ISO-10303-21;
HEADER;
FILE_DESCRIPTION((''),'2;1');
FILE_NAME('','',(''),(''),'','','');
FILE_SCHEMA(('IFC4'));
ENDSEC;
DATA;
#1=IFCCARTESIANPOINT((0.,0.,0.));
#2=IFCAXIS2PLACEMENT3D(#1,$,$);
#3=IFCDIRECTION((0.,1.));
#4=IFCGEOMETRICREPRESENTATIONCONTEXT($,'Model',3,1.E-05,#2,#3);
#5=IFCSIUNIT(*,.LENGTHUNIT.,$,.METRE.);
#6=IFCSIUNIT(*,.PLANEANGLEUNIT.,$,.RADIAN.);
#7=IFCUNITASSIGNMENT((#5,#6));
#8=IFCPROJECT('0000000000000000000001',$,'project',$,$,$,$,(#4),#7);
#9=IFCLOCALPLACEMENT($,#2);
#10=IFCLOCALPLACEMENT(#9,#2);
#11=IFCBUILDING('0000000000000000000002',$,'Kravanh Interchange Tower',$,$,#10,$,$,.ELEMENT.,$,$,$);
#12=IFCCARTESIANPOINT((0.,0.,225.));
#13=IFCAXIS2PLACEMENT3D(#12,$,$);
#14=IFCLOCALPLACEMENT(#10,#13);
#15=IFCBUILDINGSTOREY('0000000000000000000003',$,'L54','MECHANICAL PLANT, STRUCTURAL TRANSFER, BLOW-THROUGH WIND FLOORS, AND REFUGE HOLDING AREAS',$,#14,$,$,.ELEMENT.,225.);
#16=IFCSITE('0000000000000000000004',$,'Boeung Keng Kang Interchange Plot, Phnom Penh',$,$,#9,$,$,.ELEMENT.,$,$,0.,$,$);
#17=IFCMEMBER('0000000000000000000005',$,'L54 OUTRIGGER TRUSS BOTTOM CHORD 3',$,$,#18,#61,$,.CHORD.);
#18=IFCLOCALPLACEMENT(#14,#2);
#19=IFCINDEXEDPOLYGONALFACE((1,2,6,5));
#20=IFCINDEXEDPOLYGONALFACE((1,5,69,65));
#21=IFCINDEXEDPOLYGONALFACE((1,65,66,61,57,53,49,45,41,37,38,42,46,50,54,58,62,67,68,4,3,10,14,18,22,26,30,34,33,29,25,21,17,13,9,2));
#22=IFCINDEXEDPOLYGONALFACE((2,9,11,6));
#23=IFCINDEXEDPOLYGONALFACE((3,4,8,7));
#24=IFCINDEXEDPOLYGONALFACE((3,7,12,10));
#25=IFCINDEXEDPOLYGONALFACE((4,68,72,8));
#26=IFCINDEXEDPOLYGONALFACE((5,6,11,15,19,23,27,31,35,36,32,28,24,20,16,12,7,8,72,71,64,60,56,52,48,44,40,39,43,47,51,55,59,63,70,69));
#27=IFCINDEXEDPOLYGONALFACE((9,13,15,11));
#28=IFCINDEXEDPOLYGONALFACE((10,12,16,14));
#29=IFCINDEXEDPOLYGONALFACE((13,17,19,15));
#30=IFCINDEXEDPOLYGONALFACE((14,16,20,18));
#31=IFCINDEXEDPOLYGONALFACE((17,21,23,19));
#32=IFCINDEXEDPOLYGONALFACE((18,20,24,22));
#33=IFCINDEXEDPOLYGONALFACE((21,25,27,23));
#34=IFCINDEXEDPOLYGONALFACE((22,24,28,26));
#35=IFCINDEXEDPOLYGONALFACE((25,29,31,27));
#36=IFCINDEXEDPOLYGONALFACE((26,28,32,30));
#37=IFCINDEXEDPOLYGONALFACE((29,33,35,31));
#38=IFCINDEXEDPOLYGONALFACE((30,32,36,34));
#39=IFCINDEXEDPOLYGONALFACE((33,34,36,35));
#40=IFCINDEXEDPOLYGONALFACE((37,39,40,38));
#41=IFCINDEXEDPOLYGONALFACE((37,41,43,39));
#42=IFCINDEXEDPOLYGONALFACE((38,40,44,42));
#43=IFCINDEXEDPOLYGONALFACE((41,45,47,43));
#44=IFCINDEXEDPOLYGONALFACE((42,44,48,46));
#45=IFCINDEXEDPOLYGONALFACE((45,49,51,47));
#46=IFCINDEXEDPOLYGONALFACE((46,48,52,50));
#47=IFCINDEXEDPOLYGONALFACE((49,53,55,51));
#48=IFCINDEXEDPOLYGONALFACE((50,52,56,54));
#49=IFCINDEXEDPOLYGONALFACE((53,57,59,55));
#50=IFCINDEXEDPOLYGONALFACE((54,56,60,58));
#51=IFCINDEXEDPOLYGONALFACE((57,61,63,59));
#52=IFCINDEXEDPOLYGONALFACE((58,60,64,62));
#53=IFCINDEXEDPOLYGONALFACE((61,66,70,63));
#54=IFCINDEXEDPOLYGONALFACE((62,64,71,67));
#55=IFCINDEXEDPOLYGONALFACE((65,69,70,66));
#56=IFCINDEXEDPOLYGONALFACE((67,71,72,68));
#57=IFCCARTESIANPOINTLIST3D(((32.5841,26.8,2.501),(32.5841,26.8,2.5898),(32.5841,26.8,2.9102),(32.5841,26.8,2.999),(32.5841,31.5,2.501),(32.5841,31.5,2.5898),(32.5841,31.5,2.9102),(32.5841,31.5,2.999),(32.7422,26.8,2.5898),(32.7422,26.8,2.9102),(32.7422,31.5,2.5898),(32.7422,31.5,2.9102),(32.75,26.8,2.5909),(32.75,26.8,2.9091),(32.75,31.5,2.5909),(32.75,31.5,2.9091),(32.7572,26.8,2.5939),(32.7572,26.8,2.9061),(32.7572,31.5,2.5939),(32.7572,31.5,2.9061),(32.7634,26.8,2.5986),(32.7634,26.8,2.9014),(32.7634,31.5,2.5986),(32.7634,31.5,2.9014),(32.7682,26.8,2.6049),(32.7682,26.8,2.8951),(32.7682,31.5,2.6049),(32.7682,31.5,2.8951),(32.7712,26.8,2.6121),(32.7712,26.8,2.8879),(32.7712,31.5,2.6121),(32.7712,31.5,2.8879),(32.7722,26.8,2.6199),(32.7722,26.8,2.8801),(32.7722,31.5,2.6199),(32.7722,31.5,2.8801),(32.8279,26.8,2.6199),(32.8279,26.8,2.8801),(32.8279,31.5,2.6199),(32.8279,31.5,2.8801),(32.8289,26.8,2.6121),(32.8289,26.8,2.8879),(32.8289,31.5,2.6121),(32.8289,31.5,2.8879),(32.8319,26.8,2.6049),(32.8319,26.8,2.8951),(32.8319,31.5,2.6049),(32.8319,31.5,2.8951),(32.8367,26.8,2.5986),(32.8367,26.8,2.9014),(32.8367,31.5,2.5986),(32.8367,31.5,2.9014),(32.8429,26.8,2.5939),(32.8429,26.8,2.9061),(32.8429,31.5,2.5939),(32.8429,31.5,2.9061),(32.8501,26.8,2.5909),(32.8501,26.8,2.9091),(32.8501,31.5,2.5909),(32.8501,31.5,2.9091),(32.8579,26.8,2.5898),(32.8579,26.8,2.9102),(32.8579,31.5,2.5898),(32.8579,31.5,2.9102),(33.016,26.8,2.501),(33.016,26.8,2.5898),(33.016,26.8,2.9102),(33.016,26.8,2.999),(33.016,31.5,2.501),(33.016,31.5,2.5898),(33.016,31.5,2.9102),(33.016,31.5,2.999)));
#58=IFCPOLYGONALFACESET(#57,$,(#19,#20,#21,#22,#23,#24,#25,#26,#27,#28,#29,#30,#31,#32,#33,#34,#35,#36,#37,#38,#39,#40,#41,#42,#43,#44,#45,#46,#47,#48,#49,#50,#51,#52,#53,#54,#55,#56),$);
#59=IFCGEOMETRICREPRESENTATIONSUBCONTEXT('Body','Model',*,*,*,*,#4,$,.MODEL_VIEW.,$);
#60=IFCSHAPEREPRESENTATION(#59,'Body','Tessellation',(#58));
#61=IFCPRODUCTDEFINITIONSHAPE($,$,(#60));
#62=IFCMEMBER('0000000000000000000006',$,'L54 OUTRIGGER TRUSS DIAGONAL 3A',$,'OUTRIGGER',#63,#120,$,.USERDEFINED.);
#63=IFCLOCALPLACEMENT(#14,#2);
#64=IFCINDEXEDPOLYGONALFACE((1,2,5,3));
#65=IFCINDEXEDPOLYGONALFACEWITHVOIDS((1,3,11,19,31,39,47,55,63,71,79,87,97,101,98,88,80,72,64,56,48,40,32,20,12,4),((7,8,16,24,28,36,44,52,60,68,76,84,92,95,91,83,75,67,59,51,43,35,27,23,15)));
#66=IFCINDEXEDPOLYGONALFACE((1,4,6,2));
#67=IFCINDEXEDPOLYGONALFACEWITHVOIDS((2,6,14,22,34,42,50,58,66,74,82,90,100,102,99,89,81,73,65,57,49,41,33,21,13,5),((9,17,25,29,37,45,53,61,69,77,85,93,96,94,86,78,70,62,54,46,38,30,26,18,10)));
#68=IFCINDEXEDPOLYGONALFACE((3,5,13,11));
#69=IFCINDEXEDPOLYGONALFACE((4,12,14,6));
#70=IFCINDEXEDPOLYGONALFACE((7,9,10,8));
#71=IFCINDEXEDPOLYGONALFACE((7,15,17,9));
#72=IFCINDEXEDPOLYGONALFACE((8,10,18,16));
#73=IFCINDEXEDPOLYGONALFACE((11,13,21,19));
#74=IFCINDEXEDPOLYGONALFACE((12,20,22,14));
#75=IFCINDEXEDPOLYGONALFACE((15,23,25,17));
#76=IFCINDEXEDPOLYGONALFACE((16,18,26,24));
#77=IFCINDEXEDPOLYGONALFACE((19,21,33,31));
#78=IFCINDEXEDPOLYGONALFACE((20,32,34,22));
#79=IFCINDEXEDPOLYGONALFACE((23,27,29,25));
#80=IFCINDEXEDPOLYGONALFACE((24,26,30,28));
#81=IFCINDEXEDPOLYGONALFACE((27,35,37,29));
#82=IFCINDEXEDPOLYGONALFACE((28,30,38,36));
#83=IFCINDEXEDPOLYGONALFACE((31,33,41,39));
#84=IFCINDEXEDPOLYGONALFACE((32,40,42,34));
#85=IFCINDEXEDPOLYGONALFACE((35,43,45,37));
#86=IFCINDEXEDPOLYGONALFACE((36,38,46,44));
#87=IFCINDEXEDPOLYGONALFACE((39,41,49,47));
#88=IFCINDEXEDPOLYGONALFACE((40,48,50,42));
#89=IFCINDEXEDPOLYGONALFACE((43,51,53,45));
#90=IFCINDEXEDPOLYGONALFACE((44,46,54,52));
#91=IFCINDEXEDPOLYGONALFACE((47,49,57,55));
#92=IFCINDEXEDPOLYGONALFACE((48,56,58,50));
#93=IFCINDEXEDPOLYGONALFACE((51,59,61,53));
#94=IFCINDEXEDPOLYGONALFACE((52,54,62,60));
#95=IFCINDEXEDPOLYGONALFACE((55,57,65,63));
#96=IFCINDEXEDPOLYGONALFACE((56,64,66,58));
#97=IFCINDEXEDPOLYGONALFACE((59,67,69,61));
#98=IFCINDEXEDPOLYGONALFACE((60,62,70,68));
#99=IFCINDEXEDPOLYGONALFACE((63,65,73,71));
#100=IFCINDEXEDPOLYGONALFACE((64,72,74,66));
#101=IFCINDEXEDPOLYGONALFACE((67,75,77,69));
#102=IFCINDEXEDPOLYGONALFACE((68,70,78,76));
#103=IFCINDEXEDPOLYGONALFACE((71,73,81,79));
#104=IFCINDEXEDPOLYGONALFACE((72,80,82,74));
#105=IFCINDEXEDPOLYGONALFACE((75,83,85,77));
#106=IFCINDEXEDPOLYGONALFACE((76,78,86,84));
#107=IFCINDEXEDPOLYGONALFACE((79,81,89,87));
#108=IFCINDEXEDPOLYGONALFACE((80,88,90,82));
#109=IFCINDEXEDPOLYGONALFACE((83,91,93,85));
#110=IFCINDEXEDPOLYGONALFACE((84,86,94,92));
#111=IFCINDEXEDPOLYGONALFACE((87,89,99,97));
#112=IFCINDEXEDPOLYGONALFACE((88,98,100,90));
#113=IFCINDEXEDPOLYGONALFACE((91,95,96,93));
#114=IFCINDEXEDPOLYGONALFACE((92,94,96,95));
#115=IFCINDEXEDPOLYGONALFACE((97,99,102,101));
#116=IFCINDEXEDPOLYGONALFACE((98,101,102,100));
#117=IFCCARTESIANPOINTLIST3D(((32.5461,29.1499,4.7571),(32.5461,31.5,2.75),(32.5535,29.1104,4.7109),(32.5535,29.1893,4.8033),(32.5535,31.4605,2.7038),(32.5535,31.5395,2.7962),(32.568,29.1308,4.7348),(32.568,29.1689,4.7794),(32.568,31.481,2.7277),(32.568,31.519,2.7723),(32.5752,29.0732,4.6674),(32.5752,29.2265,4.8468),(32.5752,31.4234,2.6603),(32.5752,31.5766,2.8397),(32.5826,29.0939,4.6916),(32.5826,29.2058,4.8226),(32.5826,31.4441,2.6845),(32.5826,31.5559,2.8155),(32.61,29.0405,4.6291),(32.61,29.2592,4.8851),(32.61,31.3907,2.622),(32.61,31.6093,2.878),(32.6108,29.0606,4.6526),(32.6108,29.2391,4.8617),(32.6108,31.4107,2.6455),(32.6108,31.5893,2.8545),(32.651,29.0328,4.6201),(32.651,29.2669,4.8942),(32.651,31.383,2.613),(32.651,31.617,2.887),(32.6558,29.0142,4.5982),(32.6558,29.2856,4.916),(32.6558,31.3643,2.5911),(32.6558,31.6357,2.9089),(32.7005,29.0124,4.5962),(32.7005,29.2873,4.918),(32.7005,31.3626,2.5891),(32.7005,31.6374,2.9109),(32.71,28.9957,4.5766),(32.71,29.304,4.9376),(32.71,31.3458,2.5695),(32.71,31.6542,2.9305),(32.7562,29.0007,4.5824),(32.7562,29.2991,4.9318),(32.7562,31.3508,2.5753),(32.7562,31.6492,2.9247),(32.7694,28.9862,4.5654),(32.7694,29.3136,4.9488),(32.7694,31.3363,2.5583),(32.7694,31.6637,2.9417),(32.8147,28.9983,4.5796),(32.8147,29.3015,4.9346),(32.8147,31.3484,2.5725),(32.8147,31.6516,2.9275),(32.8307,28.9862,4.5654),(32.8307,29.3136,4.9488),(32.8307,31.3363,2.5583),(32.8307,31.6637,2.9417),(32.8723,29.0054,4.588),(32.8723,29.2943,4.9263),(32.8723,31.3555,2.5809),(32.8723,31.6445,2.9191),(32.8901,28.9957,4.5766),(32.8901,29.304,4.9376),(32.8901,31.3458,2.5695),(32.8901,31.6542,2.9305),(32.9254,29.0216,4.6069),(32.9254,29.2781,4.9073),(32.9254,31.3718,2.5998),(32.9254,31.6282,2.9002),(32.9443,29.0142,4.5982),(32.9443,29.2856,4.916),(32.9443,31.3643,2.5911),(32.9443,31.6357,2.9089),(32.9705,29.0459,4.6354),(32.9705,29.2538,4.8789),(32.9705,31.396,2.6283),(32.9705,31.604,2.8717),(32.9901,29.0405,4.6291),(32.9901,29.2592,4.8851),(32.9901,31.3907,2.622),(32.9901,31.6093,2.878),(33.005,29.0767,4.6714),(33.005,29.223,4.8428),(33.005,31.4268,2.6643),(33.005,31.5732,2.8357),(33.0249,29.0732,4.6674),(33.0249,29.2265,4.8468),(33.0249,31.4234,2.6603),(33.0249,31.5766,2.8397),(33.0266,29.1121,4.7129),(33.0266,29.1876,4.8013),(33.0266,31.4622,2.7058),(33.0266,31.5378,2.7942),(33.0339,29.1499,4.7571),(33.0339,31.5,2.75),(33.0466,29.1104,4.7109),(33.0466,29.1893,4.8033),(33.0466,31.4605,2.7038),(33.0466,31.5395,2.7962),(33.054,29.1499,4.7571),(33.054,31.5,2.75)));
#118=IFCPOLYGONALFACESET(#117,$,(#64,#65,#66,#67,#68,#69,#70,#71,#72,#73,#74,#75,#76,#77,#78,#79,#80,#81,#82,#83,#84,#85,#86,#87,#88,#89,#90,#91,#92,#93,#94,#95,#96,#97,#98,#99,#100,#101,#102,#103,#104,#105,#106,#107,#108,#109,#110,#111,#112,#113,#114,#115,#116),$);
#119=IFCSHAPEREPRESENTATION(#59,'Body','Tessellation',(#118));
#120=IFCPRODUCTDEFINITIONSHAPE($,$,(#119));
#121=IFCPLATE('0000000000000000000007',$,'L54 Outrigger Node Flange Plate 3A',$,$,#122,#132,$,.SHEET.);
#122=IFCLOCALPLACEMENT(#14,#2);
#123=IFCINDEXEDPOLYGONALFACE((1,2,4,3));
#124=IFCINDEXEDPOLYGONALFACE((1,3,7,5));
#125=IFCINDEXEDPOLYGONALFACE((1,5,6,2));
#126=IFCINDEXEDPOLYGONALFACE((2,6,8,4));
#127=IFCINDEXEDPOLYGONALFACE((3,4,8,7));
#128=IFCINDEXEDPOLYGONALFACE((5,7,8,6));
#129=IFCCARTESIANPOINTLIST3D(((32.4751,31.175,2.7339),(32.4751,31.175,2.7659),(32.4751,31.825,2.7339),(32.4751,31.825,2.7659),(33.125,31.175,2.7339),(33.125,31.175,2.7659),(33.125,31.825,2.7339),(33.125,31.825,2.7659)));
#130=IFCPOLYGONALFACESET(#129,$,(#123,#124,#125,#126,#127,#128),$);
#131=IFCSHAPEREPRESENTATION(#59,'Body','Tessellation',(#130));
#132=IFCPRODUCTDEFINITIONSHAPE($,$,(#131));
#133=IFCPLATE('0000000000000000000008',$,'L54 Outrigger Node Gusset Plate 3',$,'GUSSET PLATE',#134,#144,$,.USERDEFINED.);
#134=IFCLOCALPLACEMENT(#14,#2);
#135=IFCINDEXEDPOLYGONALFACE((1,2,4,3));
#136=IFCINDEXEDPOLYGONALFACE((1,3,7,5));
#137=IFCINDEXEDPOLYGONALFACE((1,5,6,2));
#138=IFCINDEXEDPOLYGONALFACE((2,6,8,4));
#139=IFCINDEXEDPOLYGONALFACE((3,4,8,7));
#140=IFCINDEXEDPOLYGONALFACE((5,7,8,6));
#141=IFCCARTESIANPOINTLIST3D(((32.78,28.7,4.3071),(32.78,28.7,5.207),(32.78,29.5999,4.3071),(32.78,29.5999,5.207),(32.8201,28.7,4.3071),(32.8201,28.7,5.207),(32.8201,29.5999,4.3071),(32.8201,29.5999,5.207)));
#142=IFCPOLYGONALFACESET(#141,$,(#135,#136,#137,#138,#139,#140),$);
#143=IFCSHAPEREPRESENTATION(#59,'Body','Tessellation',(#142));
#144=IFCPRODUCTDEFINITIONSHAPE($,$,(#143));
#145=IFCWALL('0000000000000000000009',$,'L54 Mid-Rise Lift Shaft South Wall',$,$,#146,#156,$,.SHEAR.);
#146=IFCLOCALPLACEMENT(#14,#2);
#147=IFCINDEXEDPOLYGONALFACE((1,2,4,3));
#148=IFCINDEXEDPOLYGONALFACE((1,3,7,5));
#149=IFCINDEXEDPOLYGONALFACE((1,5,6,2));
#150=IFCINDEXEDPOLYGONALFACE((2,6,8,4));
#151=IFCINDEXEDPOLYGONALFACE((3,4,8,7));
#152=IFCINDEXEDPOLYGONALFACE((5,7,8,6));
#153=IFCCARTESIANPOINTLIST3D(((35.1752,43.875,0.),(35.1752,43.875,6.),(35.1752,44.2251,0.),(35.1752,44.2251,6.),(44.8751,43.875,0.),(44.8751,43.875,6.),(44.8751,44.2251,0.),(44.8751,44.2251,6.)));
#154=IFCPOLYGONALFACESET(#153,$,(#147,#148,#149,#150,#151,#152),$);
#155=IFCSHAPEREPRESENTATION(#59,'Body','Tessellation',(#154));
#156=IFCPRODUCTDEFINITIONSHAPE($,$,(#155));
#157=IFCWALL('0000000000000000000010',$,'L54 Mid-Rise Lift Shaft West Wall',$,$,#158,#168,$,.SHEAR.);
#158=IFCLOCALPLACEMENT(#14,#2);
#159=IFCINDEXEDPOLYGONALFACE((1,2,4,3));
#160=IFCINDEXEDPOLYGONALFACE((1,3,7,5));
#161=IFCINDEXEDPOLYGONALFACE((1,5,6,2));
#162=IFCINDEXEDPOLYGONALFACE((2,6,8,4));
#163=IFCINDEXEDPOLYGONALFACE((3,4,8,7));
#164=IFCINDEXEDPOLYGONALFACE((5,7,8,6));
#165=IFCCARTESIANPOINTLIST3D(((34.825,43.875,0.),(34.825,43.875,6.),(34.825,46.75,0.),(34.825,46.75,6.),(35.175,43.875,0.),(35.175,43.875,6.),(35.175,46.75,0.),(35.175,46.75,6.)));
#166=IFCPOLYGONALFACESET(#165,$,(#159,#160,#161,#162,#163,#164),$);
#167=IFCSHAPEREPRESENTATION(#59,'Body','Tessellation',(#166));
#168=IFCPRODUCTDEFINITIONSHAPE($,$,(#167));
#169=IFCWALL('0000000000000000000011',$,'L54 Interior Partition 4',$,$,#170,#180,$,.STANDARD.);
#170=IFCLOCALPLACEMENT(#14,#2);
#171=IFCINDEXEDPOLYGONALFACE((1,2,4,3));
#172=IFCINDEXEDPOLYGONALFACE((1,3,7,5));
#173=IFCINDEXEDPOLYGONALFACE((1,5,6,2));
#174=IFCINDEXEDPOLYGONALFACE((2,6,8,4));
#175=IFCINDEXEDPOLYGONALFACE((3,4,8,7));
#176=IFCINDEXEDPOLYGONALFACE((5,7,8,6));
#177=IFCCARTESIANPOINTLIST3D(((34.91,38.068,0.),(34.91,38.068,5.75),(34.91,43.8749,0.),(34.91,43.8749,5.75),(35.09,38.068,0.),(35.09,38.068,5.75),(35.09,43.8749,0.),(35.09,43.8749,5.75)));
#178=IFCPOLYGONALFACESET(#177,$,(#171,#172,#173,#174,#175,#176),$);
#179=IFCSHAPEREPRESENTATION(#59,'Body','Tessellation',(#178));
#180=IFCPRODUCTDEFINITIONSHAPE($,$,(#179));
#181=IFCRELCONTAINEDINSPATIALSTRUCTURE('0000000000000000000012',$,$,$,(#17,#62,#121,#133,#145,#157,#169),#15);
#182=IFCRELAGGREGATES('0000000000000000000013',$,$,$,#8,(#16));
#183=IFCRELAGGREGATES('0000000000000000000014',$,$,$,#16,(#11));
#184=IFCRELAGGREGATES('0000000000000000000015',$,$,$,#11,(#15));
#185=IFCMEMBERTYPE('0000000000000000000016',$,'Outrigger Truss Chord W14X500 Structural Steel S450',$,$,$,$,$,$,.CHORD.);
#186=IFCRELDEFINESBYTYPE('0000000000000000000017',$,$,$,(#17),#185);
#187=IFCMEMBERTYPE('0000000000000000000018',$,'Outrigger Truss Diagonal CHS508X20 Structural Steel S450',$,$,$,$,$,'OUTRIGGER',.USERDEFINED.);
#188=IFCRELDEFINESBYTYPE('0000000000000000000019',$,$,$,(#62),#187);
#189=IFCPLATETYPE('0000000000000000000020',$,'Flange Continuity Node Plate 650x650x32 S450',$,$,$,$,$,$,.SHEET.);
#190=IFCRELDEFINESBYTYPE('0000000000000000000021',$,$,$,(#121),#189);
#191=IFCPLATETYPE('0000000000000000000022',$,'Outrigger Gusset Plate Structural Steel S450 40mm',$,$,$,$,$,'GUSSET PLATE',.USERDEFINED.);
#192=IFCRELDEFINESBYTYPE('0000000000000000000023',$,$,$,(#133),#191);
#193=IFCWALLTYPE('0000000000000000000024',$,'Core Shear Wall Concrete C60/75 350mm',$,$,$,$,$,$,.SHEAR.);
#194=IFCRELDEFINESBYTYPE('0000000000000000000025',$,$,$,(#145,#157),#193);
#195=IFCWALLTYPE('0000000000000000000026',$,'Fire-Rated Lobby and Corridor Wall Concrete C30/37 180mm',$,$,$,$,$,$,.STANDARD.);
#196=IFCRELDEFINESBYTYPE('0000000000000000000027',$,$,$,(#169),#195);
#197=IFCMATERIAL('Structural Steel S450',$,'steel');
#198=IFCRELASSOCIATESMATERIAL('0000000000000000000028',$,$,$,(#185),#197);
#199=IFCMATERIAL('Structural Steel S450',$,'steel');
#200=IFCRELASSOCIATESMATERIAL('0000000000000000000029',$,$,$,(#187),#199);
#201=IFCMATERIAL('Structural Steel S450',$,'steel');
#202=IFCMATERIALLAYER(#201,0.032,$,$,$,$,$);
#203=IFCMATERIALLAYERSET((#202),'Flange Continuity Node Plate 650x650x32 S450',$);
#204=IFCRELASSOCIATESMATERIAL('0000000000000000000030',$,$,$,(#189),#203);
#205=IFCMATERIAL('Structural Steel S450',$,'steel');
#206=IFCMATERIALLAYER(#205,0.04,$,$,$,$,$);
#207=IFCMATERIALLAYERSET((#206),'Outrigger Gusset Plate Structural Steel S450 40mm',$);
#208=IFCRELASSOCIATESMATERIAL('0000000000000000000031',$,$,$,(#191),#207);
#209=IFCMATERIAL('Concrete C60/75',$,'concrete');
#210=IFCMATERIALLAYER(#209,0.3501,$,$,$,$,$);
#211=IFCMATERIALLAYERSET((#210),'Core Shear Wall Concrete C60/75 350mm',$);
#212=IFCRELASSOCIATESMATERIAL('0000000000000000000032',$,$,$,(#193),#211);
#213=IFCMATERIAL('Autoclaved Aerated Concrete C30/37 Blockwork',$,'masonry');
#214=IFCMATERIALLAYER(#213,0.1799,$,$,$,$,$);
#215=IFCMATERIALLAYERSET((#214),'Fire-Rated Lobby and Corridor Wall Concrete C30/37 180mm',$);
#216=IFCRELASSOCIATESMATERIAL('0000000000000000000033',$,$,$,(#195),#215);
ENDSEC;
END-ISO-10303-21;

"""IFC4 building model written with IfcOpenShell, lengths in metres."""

from ifc_helpers import new_model, si_unit, direction, frame, frame_2d, origin, origin_2d, place, context, subcontext, project, spatial, rectangle, hollow_circle, i_section, extrude, material, layer, layer_set, material_profile, profile_set, type_object, element, save


model = new_model("IFC4")

# Units and contexts
model_context = context("Model", 3, precision=1e-05, world=origin(), true_north=direction((0.0, 1.0)))
body_context = subcontext(model_context, "Body", "Model", "MODEL_VIEW")
ifc_project = project(units=[si_unit("LENGTHUNIT", "METRE"), si_unit("PLANEANGLEUNIT", "RADIAN")], contexts=[model_context])

# Site, building, storey
site_placement = place(None, origin())
site = spatial("IfcSite", under=ifc_project, at=site_placement, Name="Boeung Keng Kang Interchange Plot, Phnom Penh", CompositionType="ELEMENT", RefElevation=0.0)
building_placement = place(site_placement, origin())
building = spatial("IfcBuilding", under=site, at=building_placement, Name="Kravanh Interchange Tower", CompositionType="ELEMENT")
storey_placement = place(building_placement, frame((0.0, 0.0, 225.0)))
storey = spatial("IfcBuildingStorey", under=building, at=storey_placement, Name="L54", Description="MECHANICAL PLANT, STRUCTURAL TRANSFER, BLOW-THROUGH WIND FLOORS, AND REFUGE HOLDING AREAS", CompositionType="ELEMENT", Elevation=225.0)

# Members
ifc_material_1 = material(Name="Structural Steel S450", Category="steel")
ifc_material_profile_1 = material_profile(ifc_material_1, i_section(OverallWidth=0.4319, OverallDepth=0.498, WebThickness=0.0557, FlangeThickness=0.0889, FilletRadius=0.03, at=origin_2d()), Name="W14X500")
ifc_profile_set_1 = profile_set([ifc_material_profile_1], Name="Structural Steel S450")
member_type_1 = type_object("IfcMemberType", Name="Outrigger Truss Chord W14X500 Structural Steel S450", PredefinedType="CHORD", material=ifc_profile_set_1)
member_1_placement = place(storey_placement, frame((32.8, 31.5, 2.75), z_axis=(0.0, -1.0, 0.0), x_axis=(1.0, 0.0, 0.0)))
element("IfcMember", 1, at=member_1_placement, inside=storey, type_object=member_type_1, Name="L54 OUTRIGGER TRUSS BOTTOM CHORD 3", PredefinedType="CHORD", context=body_context, shape_type="SweptSolid", body=[
    extrude(i_section(OverallWidth=0.4319, OverallDepth=0.498, WebThickness=0.0557, FlangeThickness=0.0889, FilletRadius=0.03, at=origin_2d()), origin(), (0.0, 0.0, 1.0), 4.7),
])
ifc_material_2 = material(Name="Structural Steel S450", Category="steel")
ifc_material_profile_2 = material_profile(ifc_material_2, hollow_circle(Radius=0.2539, WallThickness=0.02, at=origin_2d()), Name="CHS508X20")
ifc_profile_set_2 = profile_set([ifc_material_profile_2], Name="Structural Steel S450")
member_type_2 = type_object("IfcMemberType", Name="Outrigger Truss Diagonal CHS508X20 Structural Steel S450", ElementType="OUTRIGGER", PredefinedType="USERDEFINED", material=ifc_profile_set_2)
member_2_placement = place(storey_placement, frame((32.8, 31.5, 2.75), z_axis=(0.0, -0.760421, 0.649431), x_axis=(1.0, 0.0, 0.0)))
element("IfcMember", 2, at=member_2_placement, inside=storey, type_object=member_type_2, Name="L54 OUTRIGGER TRUSS DIAGONAL 3A", ObjectType="OUTRIGGER", PredefinedType="USERDEFINED", context=body_context, shape_type="SweptSolid", body=[
    extrude(hollow_circle(Radius=0.2539, WallThickness=0.02, at=origin_2d()), origin(), (0.0, 0.0, 1.0), 3.0906),
])

# Plates
ifc_material_3 = material(Name="Structural Steel S450", Category="steel")
ifc_layer_1 = layer(ifc_material_3, 0.032)
ifc_layer_set_1 = layer_set([ifc_layer_1], Name="Flange Continuity Node Plate 650x650x32 S450")
plate_type_1 = type_object("IfcPlateType", Name="Flange Continuity Node Plate 650x650x32 S450", PredefinedType="SHEET", material=ifc_layer_set_1)
plate_1_placement = place(storey_placement, frame((32.8, 31.5, 2.7339), z_axis=(0.0, 0.0, 1.0), x_axis=(1.0, 0.0, 0.0)))
element("IfcPlate", 3, at=plate_1_placement, inside=storey, type_object=plate_type_1, Name="L54 Outrigger Node Flange Plate 3A", PredefinedType="SHEET", context=body_context, shape_type="SweptSolid", body=[
    extrude(rectangle(XDim=0.6499, YDim=0.6499, at=origin_2d()), origin(), (0.0, 0.0, 1.0), 0.032),
])
ifc_material_4 = material(Name="Structural Steel S450", Category="steel")
ifc_layer_2 = layer(ifc_material_4, 0.04)
ifc_layer_set_2 = layer_set([ifc_layer_2], Name="Outrigger Gusset Plate Structural Steel S450 40mm")
plate_type_2 = type_object("IfcPlateType", Name="Outrigger Gusset Plate Structural Steel S450 40mm", ElementType="GUSSET PLATE", PredefinedType="USERDEFINED", material=ifc_layer_set_2)
plate_2_placement = place(storey_placement, frame((32.8, 29.1499, 4.3071), z_axis=(0.0, 0.0, 1.0), x_axis=(0.0, -1.0, 0.0)))
element("IfcPlate", 4, at=plate_2_placement, inside=storey, type_object=plate_type_2, Name="L54 Outrigger Node Gusset Plate 3", ObjectType="GUSSET PLATE", PredefinedType="USERDEFINED", context=body_context, shape_type="SweptSolid", body=[
    extrude(rectangle(XDim=0.8999, YDim=0.04, at=origin_2d()), origin(), (0.0, 0.0, 1.0), 0.8999),
])

# Walls
ifc_material_5 = material(Name="Concrete C60/75", Category="concrete")
ifc_layer_3 = layer(ifc_material_5, 0.3501)
ifc_layer_set_3 = layer_set([ifc_layer_3], Name="Core Shear Wall Concrete C60/75 350mm")
wall_type_1 = type_object("IfcWallType", Name="Core Shear Wall Concrete C60/75 350mm", PredefinedType="SHEAR", material=ifc_layer_set_3)
wall_1_placement = place(storey_placement, frame((35.175, 44.05, 0.0), z_axis=(0.0, 0.0, 1.0), x_axis=(1.0, 0.0, 0.0)))
element("IfcWall", 5, at=wall_1_placement, inside=storey, type_object=wall_type_1, Name="L54 Mid-Rise Lift Shaft South Wall", PredefinedType="SHEAR", context=body_context, shape_type="SweptSolid", body=[
    extrude(rectangle(XDim=9.7, YDim=0.3501, at=frame_2d((4.8501, 0.0))), origin(), (0.0, 0.0, 1.0), 6.0),
])
wall_2_placement = place(storey_placement, frame((35.0, 43.875, 0.0), z_axis=(0.0, 0.0, 1.0), x_axis=(0.0, 1.0, 0.0)))
element("IfcWall", 6, at=wall_2_placement, inside=storey, type_object=wall_type_1, Name="L54 Mid-Rise Lift Shaft West Wall", PredefinedType="SHEAR", context=body_context, shape_type="SweptSolid", body=[
    extrude(rectangle(XDim=2.875, YDim=0.3501, at=frame_2d((1.4375, 0.0))), origin(), (0.0, 0.0, 1.0), 6.0),
])
ifc_material_6 = material(Name="Autoclaved Aerated Concrete C30/37 Blockwork", Category="masonry")
ifc_layer_4 = layer(ifc_material_6, 0.1799)
ifc_layer_set_4 = layer_set([ifc_layer_4], Name="Fire-Rated Lobby and Corridor Wall Concrete C30/37 180mm")
wall_type_2 = type_object("IfcWallType", Name="Fire-Rated Lobby and Corridor Wall Concrete C30/37 180mm", PredefinedType="STANDARD", material=ifc_layer_set_4)
wall_3_placement = place(storey_placement, frame((35.0, 38.0681, 0.0), z_axis=(0.0, 0.0, 1.0), x_axis=(0.0, 1.0, 0.0)))
element("IfcWall", 7, at=wall_3_placement, inside=storey, type_object=wall_type_2, Name="L54 Interior Partition 4", PredefinedType="STANDARD", context=body_context, shape_type="SweptSolid", body=[
    extrude(rectangle(XDim=5.8069, YDim=0.1799, at=frame_2d((2.9033, 0.0))), origin(), (0.0, 0.0, 1.0), 5.75),
])

save(model, "model.ifc")
